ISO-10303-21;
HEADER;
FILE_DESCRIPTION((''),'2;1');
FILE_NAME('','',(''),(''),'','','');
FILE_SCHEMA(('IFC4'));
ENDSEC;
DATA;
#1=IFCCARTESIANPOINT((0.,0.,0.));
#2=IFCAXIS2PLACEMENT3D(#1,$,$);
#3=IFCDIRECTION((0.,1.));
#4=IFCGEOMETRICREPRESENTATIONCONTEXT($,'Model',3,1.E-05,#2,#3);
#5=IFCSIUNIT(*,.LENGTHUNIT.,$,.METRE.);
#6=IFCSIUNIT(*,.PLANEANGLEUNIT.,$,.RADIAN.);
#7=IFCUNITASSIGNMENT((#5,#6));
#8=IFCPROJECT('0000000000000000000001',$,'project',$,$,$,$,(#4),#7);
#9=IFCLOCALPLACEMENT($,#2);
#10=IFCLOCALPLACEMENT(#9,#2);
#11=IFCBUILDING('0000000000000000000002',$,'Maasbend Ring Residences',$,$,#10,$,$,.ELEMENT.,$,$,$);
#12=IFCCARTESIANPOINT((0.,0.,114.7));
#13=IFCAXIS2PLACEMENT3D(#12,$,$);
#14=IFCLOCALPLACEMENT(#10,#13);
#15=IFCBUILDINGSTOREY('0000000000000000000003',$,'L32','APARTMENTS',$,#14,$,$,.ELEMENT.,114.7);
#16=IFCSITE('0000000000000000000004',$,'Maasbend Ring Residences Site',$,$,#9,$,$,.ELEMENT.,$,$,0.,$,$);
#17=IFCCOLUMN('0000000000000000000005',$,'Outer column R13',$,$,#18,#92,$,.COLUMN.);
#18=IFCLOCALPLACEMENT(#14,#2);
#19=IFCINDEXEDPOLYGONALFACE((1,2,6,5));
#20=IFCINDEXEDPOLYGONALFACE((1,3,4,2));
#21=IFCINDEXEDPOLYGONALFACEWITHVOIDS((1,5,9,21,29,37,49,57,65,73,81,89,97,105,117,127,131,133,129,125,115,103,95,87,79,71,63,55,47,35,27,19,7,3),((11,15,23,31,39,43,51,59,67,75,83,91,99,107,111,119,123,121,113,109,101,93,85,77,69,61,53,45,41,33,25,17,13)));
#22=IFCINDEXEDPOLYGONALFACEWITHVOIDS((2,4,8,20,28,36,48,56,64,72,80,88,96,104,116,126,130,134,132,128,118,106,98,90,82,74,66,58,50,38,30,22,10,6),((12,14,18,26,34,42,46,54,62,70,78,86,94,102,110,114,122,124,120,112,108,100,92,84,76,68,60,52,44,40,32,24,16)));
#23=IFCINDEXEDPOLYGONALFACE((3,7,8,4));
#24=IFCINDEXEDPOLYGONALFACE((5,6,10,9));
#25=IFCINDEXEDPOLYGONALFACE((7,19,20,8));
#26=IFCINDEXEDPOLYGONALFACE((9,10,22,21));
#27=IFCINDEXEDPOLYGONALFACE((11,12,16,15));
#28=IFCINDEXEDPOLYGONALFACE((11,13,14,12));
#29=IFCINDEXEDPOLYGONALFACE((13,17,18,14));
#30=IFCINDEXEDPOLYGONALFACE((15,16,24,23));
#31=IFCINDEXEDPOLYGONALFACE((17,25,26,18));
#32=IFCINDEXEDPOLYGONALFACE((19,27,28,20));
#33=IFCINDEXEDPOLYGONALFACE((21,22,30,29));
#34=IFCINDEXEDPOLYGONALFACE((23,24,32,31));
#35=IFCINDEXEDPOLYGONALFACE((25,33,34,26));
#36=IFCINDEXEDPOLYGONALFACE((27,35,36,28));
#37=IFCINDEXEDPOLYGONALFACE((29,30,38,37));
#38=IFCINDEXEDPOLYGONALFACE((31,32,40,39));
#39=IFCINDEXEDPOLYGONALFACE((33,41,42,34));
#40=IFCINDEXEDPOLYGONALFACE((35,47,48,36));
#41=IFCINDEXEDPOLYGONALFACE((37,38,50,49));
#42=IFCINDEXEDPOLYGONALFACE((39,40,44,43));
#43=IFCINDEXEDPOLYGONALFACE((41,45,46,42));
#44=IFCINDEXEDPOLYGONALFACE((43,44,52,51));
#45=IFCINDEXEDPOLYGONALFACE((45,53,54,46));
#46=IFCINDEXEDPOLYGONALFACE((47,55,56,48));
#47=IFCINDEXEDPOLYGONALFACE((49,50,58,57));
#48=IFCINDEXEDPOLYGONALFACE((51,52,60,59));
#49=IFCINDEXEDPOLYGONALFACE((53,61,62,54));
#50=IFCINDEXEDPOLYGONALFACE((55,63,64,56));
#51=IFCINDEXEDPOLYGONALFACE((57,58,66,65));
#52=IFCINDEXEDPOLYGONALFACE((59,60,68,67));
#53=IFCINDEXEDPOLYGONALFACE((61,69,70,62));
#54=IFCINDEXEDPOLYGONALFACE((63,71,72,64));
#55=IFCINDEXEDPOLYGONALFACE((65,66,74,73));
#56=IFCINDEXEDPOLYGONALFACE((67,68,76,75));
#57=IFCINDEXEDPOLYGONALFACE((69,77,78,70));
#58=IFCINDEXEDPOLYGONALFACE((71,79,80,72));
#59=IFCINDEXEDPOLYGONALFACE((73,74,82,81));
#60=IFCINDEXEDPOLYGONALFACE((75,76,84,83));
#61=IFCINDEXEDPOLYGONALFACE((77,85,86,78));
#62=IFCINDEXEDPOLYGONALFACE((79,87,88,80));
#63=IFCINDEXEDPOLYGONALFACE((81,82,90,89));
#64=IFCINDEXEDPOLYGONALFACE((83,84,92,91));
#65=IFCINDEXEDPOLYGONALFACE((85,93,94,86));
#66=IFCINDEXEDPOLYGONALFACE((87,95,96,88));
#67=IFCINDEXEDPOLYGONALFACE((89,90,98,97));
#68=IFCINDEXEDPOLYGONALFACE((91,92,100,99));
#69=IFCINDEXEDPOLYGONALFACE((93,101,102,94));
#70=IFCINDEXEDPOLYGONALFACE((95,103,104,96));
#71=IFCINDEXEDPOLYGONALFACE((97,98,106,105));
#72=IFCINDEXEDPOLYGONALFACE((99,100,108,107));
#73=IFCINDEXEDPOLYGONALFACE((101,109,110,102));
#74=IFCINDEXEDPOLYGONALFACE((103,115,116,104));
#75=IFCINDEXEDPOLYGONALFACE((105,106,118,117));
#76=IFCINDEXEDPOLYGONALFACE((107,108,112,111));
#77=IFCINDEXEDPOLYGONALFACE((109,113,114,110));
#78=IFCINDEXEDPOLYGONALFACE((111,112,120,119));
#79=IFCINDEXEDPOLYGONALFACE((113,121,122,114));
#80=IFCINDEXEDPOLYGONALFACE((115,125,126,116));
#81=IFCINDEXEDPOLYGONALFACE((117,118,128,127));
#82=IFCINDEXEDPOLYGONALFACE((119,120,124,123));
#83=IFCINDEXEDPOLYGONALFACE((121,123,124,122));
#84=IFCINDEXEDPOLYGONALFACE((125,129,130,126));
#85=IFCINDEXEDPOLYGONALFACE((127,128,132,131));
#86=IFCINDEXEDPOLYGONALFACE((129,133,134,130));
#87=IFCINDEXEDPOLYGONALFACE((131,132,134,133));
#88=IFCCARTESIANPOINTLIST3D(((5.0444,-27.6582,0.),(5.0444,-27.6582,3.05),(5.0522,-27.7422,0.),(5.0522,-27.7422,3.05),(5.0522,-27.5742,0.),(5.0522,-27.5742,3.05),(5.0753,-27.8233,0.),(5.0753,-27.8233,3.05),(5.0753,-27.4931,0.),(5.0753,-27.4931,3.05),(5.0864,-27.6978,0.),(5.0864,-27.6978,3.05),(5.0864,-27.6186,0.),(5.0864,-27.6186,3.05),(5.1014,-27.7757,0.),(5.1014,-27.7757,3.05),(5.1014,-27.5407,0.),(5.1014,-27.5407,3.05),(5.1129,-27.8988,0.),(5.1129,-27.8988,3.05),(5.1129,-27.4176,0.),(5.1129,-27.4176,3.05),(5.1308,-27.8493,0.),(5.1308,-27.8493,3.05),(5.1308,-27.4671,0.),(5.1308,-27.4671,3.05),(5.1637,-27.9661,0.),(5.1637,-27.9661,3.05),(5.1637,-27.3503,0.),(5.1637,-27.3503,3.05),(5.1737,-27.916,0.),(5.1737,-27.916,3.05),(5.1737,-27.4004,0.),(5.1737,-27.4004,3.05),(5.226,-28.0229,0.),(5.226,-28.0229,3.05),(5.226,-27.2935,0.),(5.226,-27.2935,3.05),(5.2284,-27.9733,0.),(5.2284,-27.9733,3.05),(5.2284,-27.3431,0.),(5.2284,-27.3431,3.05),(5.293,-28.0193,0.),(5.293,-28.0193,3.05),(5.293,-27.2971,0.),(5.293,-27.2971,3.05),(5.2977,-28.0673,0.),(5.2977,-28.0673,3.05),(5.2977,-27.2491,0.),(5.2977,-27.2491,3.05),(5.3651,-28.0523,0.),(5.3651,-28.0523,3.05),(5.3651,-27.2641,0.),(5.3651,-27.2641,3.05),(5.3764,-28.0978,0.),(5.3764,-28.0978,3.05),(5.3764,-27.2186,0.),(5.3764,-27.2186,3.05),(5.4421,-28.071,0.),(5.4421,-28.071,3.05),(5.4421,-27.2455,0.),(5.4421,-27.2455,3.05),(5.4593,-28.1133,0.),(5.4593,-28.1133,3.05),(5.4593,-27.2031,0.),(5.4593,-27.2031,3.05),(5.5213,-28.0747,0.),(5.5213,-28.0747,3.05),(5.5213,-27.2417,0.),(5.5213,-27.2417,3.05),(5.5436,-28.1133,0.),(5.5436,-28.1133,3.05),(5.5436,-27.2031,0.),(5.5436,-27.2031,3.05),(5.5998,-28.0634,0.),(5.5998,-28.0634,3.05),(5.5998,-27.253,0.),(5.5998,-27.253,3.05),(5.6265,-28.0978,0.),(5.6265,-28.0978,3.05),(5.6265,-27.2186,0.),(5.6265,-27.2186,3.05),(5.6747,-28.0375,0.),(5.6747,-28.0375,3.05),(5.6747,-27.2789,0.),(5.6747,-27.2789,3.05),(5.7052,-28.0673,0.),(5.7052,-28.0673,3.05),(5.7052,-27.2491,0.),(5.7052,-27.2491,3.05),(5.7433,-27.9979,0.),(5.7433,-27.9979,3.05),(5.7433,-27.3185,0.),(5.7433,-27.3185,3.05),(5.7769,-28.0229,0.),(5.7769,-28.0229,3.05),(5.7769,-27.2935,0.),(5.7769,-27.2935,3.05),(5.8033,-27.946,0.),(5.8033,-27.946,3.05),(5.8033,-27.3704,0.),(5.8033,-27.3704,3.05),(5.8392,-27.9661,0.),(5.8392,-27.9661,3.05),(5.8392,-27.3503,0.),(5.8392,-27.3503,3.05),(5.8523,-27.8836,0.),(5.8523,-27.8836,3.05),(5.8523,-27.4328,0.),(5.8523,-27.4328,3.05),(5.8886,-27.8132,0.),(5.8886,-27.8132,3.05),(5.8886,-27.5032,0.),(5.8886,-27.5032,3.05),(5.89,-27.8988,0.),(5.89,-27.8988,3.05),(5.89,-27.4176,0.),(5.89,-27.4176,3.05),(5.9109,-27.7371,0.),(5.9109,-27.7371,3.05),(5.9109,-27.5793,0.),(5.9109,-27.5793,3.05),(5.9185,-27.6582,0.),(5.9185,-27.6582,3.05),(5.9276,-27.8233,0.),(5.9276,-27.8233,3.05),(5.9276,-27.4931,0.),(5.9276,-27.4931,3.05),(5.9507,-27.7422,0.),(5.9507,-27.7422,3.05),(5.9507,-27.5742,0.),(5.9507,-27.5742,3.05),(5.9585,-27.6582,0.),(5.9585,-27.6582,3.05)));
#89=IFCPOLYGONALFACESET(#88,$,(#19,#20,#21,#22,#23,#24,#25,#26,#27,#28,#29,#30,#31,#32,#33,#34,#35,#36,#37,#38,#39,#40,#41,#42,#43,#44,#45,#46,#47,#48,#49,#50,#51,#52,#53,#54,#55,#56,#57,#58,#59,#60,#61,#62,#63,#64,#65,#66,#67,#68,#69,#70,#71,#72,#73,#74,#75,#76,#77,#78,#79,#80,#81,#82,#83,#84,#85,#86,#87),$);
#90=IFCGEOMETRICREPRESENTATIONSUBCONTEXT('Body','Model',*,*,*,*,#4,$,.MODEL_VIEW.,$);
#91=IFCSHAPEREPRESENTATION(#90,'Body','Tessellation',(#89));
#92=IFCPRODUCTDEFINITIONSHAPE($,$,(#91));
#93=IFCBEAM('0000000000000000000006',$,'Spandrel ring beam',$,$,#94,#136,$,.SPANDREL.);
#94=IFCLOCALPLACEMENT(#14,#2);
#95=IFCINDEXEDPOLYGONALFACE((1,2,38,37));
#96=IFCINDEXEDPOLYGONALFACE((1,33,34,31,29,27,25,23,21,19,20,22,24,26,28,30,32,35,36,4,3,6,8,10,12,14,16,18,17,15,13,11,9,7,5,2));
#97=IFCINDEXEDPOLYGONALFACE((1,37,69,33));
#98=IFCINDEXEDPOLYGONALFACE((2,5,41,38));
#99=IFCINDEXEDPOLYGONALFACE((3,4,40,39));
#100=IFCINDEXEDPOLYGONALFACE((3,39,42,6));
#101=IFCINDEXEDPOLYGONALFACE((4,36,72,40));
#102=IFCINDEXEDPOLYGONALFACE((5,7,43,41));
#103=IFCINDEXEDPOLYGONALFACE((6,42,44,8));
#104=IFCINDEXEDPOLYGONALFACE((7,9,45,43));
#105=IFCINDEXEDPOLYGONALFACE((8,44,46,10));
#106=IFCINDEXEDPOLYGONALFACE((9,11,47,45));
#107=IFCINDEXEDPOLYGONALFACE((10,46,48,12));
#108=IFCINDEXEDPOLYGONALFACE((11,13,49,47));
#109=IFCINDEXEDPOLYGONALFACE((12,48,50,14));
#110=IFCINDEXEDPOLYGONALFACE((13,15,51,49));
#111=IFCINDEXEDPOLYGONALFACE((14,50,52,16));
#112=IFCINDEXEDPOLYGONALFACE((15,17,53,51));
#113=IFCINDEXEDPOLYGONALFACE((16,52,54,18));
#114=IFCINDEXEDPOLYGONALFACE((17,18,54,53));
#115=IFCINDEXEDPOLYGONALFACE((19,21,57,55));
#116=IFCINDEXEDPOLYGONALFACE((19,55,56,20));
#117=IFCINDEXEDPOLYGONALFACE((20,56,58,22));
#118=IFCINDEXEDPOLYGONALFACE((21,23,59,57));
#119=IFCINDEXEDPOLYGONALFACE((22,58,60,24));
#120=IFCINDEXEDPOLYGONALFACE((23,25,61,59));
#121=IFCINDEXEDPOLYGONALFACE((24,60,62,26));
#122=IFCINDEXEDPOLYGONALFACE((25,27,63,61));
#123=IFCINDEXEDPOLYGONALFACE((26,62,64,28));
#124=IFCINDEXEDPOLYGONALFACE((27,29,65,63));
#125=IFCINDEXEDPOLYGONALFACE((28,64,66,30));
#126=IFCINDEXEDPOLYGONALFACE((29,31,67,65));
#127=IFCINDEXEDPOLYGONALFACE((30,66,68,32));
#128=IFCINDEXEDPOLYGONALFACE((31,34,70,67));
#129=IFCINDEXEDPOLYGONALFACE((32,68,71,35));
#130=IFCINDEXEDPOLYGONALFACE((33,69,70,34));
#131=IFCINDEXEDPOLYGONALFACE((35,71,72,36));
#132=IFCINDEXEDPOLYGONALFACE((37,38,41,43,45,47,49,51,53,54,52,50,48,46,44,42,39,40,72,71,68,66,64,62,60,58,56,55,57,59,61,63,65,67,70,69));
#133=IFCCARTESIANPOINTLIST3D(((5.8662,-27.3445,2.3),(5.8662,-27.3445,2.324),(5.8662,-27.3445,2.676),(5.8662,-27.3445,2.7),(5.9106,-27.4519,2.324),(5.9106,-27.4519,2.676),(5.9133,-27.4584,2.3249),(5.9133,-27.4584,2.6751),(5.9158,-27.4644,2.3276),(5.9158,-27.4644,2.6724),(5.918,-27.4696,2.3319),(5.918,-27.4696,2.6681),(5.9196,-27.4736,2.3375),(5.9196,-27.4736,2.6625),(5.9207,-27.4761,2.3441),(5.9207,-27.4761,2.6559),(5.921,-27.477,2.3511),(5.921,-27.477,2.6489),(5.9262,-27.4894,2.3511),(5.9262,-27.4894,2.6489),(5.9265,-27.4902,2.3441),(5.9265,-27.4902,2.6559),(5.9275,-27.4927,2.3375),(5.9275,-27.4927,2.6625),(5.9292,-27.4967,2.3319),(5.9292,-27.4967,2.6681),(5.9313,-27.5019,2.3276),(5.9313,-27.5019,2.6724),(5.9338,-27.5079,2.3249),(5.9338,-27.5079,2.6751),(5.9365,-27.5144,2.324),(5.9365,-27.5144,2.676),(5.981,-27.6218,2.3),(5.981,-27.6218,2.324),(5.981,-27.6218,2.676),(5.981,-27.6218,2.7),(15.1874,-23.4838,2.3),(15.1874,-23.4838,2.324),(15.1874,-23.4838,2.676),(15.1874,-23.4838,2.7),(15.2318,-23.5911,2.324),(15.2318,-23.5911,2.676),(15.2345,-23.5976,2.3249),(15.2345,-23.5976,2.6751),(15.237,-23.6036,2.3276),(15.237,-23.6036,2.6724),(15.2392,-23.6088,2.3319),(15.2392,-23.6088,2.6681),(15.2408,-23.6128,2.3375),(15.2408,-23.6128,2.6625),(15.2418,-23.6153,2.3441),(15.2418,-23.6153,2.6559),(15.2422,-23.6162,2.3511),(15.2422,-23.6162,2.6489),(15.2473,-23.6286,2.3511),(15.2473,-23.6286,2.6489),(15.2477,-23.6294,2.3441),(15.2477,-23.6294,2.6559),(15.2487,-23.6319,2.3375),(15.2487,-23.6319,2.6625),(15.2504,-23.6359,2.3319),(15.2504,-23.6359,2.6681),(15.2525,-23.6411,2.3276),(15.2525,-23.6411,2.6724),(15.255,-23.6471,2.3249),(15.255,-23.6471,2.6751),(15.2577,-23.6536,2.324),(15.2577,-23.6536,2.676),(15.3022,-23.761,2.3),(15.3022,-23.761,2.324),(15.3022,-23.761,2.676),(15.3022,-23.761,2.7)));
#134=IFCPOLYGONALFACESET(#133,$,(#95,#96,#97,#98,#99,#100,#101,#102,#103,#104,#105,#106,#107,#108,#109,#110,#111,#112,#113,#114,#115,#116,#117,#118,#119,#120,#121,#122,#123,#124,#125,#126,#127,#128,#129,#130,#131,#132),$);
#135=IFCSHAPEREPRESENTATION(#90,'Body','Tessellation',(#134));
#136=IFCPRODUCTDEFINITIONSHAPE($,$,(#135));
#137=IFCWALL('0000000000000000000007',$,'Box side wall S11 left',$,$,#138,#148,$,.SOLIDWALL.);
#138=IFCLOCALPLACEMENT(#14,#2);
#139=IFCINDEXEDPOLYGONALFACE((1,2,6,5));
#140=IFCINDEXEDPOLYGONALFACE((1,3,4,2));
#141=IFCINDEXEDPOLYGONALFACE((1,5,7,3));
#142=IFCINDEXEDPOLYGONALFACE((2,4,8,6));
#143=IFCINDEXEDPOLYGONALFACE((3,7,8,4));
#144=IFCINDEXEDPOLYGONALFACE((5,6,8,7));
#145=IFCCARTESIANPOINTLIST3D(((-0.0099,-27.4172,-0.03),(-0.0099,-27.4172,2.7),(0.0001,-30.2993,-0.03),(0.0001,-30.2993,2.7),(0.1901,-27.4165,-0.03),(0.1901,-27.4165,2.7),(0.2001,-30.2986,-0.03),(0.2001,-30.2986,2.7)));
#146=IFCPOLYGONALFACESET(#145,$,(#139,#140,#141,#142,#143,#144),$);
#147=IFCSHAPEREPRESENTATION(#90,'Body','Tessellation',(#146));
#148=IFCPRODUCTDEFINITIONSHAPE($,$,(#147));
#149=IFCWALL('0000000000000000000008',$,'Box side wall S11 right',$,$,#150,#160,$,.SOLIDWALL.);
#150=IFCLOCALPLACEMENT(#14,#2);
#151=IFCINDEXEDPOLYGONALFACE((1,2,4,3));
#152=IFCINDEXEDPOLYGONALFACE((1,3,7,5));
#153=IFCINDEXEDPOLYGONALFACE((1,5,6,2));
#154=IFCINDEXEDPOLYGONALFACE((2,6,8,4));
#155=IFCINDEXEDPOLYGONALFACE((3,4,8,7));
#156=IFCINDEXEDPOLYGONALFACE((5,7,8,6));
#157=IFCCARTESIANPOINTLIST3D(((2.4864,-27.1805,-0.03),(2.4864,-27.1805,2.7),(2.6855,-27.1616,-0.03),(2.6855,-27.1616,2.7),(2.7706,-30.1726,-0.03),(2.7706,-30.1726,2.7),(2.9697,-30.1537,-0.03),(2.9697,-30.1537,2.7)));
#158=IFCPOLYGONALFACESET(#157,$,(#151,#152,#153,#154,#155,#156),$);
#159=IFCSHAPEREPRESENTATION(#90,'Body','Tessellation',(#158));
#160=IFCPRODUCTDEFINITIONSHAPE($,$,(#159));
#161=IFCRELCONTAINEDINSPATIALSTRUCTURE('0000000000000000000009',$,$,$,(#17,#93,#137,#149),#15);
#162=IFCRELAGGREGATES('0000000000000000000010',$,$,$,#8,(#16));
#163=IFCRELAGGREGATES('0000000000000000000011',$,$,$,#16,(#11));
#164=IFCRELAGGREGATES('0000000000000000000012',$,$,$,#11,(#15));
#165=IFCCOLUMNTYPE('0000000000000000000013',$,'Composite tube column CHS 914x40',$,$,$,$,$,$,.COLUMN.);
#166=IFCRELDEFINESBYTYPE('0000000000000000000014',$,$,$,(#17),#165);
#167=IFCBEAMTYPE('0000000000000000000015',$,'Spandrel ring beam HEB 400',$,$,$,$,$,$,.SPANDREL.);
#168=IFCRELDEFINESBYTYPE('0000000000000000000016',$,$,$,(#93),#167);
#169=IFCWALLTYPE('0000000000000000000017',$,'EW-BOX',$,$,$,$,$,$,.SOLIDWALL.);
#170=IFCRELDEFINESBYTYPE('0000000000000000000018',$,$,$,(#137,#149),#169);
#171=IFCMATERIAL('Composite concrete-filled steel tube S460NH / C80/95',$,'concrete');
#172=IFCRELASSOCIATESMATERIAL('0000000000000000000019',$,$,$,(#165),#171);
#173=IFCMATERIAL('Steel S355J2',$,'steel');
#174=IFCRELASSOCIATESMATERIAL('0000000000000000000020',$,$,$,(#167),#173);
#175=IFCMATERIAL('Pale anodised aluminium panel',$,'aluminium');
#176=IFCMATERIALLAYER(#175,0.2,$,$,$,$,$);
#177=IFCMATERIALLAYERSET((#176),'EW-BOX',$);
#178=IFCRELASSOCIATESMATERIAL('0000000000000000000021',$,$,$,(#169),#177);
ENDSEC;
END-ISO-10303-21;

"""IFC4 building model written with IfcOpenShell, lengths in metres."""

from ifc_helpers import new_model, si_unit, direction, frame, frame_2d, origin, origin_2d, place, context, subcontext, project, spatial, rectangle, hollow_circle, i_section, extrude, material, layer, layer_set, material_profile, profile_set, type_object, element, save


model = new_model("IFC4")

# Units and contexts
model_context = context("Model", 3, precision=1e-05, world=origin(), true_north=direction((0.0, 1.0)))
body_context = subcontext(model_context, "Body", "Model", "MODEL_VIEW")
ifc_project = project(units=[si_unit("LENGTHUNIT", "METRE"), si_unit("PLANEANGLEUNIT", "RADIAN")], contexts=[model_context])

# Site, building, storey
site_placement = place(None, origin())
site = spatial("IfcSite", under=ifc_project, at=site_placement, Name="Maasbend Ring Residences Site", CompositionType="ELEMENT", RefElevation=0.0)
building_placement = place(site_placement, origin())
building = spatial("IfcBuilding", under=site, at=building_placement, Name="Maasbend Ring Residences", CompositionType="ELEMENT")
storey_placement = place(building_placement, frame((0.0, 0.0, 114.7)))
storey = spatial("IfcBuildingStorey", under=building, at=storey_placement, Name="L32", Description="APARTMENTS", CompositionType="ELEMENT", Elevation=114.7)

# Column
ifc_material_1 = material(Name="Composite concrete-filled steel tube S460NH / C80/95", Category="concrete")
ifc_material_profile_1 = material_profile(ifc_material_1, hollow_circle(Radius=0.457, WallThickness=0.04, at=origin_2d()), Name="Composite tube column CHS 914x40")
ifc_profile_set_1 = profile_set([ifc_material_profile_1], Name="Composite concrete-filled steel tube S460NH / C80/95")
column_type = type_object("IfcColumnType", Name="Composite tube column CHS 914x40", PredefinedType="COLUMN", material=ifc_profile_set_1)
column_placement = place(storey_placement, frame((5.5015, -27.6582, 0.0), z_axis=(0.0, 0.0, 1.0), x_axis=(1.0, 0.0, 0.0)))
element("IfcColumn", 1, at=column_placement, inside=storey, type_object=column_type, Name="Outer column R13", PredefinedType="COLUMN", context=body_context, shape_type="SweptSolid", body=[
    extrude(hollow_circle(Radius=0.457, WallThickness=0.04, at=origin_2d()), origin(), (0.0, 0.0, 1.0), 3.05),
])

# Beam
ifc_material_2 = material(Name="Steel S355J2", Category="steel")
ifc_material_profile_2 = material_profile(ifc_material_2, i_section(OverallWidth=0.3, OverallDepth=0.3999, WebThickness=0.0134, FlangeThickness=0.0239, FilletRadius=0.0271, at=origin_2d()), Name="HEB 400")
ifc_profile_set_2 = profile_set([ifc_material_profile_2], Name="Steel S355J2")
beam_type = type_object("IfcBeamType", Name="Spandrel ring beam HEB 400", PredefinedType="SPANDREL", material=ifc_profile_set_2)
beam_placement = place(storey_placement, frame((5.9236, -27.4832, 2.5), z_axis=(0.923885, 0.38267, 0.0), x_axis=(-0.38267, 0.923885, 0.0)))
element("IfcBeam", 2, at=beam_placement, inside=storey, type_object=beam_type, Name="Spandrel ring beam", PredefinedType="SPANDREL", context=body_context, shape_type="SweptSolid", body=[
    extrude(i_section(OverallWidth=0.3, OverallDepth=0.3999, WebThickness=0.0134, FlangeThickness=0.0239, FilletRadius=0.0271, at=origin_2d()), origin(), (0.0, 0.0, 1.0), 10.0891),
])

# Walls
ifc_material_3 = material(Name="Pale anodised aluminium panel", Category="aluminium")
ifc_layer_1 = layer(ifc_material_3, 0.2)
ifc_layer_set_1 = layer_set([ifc_layer_1], Name="EW-BOX")
wall_type_1 = type_object("IfcWallType", Name="EW-BOX", PredefinedType="SOLIDWALL", material=ifc_layer_set_1)
wall_1_placement = place(storey_placement, frame((0.0901, -27.417, -0.03), z_axis=(0.0, 0.0, 1.0), x_axis=(0.003473, -0.999994, 0.0)))
element("IfcWall", 3, at=wall_1_placement, inside=storey, type_object=wall_type_1, Name="Box side wall S11 left", PredefinedType="SOLIDWALL", context=body_context, shape_type="SweptSolid", body=[
    extrude(rectangle(XDim=2.8821, YDim=0.2, at=frame_2d((1.4409, 0.0))), origin(), (0.0, 0.0, 1.0), 2.73),
])
wall_2_placement = place(storey_placement, frame((2.5859, -27.1709, -0.03), z_axis=(0.0, 0.0, 1.0), x_axis=(0.094548, -0.99552, 0.0)))
element("IfcWall", 4, at=wall_2_placement, inside=storey, type_object=wall_type_1, Name="Box side wall S11 right", PredefinedType="SOLIDWALL", context=body_context, shape_type="SweptSolid", body=[
    extrude(rectangle(XDim=3.0056, YDim=0.2, at=frame_2d((1.5029, 0.0))), origin(), (0.0, 0.0, 1.0), 2.73),
])

save(model, "model.ifc")
